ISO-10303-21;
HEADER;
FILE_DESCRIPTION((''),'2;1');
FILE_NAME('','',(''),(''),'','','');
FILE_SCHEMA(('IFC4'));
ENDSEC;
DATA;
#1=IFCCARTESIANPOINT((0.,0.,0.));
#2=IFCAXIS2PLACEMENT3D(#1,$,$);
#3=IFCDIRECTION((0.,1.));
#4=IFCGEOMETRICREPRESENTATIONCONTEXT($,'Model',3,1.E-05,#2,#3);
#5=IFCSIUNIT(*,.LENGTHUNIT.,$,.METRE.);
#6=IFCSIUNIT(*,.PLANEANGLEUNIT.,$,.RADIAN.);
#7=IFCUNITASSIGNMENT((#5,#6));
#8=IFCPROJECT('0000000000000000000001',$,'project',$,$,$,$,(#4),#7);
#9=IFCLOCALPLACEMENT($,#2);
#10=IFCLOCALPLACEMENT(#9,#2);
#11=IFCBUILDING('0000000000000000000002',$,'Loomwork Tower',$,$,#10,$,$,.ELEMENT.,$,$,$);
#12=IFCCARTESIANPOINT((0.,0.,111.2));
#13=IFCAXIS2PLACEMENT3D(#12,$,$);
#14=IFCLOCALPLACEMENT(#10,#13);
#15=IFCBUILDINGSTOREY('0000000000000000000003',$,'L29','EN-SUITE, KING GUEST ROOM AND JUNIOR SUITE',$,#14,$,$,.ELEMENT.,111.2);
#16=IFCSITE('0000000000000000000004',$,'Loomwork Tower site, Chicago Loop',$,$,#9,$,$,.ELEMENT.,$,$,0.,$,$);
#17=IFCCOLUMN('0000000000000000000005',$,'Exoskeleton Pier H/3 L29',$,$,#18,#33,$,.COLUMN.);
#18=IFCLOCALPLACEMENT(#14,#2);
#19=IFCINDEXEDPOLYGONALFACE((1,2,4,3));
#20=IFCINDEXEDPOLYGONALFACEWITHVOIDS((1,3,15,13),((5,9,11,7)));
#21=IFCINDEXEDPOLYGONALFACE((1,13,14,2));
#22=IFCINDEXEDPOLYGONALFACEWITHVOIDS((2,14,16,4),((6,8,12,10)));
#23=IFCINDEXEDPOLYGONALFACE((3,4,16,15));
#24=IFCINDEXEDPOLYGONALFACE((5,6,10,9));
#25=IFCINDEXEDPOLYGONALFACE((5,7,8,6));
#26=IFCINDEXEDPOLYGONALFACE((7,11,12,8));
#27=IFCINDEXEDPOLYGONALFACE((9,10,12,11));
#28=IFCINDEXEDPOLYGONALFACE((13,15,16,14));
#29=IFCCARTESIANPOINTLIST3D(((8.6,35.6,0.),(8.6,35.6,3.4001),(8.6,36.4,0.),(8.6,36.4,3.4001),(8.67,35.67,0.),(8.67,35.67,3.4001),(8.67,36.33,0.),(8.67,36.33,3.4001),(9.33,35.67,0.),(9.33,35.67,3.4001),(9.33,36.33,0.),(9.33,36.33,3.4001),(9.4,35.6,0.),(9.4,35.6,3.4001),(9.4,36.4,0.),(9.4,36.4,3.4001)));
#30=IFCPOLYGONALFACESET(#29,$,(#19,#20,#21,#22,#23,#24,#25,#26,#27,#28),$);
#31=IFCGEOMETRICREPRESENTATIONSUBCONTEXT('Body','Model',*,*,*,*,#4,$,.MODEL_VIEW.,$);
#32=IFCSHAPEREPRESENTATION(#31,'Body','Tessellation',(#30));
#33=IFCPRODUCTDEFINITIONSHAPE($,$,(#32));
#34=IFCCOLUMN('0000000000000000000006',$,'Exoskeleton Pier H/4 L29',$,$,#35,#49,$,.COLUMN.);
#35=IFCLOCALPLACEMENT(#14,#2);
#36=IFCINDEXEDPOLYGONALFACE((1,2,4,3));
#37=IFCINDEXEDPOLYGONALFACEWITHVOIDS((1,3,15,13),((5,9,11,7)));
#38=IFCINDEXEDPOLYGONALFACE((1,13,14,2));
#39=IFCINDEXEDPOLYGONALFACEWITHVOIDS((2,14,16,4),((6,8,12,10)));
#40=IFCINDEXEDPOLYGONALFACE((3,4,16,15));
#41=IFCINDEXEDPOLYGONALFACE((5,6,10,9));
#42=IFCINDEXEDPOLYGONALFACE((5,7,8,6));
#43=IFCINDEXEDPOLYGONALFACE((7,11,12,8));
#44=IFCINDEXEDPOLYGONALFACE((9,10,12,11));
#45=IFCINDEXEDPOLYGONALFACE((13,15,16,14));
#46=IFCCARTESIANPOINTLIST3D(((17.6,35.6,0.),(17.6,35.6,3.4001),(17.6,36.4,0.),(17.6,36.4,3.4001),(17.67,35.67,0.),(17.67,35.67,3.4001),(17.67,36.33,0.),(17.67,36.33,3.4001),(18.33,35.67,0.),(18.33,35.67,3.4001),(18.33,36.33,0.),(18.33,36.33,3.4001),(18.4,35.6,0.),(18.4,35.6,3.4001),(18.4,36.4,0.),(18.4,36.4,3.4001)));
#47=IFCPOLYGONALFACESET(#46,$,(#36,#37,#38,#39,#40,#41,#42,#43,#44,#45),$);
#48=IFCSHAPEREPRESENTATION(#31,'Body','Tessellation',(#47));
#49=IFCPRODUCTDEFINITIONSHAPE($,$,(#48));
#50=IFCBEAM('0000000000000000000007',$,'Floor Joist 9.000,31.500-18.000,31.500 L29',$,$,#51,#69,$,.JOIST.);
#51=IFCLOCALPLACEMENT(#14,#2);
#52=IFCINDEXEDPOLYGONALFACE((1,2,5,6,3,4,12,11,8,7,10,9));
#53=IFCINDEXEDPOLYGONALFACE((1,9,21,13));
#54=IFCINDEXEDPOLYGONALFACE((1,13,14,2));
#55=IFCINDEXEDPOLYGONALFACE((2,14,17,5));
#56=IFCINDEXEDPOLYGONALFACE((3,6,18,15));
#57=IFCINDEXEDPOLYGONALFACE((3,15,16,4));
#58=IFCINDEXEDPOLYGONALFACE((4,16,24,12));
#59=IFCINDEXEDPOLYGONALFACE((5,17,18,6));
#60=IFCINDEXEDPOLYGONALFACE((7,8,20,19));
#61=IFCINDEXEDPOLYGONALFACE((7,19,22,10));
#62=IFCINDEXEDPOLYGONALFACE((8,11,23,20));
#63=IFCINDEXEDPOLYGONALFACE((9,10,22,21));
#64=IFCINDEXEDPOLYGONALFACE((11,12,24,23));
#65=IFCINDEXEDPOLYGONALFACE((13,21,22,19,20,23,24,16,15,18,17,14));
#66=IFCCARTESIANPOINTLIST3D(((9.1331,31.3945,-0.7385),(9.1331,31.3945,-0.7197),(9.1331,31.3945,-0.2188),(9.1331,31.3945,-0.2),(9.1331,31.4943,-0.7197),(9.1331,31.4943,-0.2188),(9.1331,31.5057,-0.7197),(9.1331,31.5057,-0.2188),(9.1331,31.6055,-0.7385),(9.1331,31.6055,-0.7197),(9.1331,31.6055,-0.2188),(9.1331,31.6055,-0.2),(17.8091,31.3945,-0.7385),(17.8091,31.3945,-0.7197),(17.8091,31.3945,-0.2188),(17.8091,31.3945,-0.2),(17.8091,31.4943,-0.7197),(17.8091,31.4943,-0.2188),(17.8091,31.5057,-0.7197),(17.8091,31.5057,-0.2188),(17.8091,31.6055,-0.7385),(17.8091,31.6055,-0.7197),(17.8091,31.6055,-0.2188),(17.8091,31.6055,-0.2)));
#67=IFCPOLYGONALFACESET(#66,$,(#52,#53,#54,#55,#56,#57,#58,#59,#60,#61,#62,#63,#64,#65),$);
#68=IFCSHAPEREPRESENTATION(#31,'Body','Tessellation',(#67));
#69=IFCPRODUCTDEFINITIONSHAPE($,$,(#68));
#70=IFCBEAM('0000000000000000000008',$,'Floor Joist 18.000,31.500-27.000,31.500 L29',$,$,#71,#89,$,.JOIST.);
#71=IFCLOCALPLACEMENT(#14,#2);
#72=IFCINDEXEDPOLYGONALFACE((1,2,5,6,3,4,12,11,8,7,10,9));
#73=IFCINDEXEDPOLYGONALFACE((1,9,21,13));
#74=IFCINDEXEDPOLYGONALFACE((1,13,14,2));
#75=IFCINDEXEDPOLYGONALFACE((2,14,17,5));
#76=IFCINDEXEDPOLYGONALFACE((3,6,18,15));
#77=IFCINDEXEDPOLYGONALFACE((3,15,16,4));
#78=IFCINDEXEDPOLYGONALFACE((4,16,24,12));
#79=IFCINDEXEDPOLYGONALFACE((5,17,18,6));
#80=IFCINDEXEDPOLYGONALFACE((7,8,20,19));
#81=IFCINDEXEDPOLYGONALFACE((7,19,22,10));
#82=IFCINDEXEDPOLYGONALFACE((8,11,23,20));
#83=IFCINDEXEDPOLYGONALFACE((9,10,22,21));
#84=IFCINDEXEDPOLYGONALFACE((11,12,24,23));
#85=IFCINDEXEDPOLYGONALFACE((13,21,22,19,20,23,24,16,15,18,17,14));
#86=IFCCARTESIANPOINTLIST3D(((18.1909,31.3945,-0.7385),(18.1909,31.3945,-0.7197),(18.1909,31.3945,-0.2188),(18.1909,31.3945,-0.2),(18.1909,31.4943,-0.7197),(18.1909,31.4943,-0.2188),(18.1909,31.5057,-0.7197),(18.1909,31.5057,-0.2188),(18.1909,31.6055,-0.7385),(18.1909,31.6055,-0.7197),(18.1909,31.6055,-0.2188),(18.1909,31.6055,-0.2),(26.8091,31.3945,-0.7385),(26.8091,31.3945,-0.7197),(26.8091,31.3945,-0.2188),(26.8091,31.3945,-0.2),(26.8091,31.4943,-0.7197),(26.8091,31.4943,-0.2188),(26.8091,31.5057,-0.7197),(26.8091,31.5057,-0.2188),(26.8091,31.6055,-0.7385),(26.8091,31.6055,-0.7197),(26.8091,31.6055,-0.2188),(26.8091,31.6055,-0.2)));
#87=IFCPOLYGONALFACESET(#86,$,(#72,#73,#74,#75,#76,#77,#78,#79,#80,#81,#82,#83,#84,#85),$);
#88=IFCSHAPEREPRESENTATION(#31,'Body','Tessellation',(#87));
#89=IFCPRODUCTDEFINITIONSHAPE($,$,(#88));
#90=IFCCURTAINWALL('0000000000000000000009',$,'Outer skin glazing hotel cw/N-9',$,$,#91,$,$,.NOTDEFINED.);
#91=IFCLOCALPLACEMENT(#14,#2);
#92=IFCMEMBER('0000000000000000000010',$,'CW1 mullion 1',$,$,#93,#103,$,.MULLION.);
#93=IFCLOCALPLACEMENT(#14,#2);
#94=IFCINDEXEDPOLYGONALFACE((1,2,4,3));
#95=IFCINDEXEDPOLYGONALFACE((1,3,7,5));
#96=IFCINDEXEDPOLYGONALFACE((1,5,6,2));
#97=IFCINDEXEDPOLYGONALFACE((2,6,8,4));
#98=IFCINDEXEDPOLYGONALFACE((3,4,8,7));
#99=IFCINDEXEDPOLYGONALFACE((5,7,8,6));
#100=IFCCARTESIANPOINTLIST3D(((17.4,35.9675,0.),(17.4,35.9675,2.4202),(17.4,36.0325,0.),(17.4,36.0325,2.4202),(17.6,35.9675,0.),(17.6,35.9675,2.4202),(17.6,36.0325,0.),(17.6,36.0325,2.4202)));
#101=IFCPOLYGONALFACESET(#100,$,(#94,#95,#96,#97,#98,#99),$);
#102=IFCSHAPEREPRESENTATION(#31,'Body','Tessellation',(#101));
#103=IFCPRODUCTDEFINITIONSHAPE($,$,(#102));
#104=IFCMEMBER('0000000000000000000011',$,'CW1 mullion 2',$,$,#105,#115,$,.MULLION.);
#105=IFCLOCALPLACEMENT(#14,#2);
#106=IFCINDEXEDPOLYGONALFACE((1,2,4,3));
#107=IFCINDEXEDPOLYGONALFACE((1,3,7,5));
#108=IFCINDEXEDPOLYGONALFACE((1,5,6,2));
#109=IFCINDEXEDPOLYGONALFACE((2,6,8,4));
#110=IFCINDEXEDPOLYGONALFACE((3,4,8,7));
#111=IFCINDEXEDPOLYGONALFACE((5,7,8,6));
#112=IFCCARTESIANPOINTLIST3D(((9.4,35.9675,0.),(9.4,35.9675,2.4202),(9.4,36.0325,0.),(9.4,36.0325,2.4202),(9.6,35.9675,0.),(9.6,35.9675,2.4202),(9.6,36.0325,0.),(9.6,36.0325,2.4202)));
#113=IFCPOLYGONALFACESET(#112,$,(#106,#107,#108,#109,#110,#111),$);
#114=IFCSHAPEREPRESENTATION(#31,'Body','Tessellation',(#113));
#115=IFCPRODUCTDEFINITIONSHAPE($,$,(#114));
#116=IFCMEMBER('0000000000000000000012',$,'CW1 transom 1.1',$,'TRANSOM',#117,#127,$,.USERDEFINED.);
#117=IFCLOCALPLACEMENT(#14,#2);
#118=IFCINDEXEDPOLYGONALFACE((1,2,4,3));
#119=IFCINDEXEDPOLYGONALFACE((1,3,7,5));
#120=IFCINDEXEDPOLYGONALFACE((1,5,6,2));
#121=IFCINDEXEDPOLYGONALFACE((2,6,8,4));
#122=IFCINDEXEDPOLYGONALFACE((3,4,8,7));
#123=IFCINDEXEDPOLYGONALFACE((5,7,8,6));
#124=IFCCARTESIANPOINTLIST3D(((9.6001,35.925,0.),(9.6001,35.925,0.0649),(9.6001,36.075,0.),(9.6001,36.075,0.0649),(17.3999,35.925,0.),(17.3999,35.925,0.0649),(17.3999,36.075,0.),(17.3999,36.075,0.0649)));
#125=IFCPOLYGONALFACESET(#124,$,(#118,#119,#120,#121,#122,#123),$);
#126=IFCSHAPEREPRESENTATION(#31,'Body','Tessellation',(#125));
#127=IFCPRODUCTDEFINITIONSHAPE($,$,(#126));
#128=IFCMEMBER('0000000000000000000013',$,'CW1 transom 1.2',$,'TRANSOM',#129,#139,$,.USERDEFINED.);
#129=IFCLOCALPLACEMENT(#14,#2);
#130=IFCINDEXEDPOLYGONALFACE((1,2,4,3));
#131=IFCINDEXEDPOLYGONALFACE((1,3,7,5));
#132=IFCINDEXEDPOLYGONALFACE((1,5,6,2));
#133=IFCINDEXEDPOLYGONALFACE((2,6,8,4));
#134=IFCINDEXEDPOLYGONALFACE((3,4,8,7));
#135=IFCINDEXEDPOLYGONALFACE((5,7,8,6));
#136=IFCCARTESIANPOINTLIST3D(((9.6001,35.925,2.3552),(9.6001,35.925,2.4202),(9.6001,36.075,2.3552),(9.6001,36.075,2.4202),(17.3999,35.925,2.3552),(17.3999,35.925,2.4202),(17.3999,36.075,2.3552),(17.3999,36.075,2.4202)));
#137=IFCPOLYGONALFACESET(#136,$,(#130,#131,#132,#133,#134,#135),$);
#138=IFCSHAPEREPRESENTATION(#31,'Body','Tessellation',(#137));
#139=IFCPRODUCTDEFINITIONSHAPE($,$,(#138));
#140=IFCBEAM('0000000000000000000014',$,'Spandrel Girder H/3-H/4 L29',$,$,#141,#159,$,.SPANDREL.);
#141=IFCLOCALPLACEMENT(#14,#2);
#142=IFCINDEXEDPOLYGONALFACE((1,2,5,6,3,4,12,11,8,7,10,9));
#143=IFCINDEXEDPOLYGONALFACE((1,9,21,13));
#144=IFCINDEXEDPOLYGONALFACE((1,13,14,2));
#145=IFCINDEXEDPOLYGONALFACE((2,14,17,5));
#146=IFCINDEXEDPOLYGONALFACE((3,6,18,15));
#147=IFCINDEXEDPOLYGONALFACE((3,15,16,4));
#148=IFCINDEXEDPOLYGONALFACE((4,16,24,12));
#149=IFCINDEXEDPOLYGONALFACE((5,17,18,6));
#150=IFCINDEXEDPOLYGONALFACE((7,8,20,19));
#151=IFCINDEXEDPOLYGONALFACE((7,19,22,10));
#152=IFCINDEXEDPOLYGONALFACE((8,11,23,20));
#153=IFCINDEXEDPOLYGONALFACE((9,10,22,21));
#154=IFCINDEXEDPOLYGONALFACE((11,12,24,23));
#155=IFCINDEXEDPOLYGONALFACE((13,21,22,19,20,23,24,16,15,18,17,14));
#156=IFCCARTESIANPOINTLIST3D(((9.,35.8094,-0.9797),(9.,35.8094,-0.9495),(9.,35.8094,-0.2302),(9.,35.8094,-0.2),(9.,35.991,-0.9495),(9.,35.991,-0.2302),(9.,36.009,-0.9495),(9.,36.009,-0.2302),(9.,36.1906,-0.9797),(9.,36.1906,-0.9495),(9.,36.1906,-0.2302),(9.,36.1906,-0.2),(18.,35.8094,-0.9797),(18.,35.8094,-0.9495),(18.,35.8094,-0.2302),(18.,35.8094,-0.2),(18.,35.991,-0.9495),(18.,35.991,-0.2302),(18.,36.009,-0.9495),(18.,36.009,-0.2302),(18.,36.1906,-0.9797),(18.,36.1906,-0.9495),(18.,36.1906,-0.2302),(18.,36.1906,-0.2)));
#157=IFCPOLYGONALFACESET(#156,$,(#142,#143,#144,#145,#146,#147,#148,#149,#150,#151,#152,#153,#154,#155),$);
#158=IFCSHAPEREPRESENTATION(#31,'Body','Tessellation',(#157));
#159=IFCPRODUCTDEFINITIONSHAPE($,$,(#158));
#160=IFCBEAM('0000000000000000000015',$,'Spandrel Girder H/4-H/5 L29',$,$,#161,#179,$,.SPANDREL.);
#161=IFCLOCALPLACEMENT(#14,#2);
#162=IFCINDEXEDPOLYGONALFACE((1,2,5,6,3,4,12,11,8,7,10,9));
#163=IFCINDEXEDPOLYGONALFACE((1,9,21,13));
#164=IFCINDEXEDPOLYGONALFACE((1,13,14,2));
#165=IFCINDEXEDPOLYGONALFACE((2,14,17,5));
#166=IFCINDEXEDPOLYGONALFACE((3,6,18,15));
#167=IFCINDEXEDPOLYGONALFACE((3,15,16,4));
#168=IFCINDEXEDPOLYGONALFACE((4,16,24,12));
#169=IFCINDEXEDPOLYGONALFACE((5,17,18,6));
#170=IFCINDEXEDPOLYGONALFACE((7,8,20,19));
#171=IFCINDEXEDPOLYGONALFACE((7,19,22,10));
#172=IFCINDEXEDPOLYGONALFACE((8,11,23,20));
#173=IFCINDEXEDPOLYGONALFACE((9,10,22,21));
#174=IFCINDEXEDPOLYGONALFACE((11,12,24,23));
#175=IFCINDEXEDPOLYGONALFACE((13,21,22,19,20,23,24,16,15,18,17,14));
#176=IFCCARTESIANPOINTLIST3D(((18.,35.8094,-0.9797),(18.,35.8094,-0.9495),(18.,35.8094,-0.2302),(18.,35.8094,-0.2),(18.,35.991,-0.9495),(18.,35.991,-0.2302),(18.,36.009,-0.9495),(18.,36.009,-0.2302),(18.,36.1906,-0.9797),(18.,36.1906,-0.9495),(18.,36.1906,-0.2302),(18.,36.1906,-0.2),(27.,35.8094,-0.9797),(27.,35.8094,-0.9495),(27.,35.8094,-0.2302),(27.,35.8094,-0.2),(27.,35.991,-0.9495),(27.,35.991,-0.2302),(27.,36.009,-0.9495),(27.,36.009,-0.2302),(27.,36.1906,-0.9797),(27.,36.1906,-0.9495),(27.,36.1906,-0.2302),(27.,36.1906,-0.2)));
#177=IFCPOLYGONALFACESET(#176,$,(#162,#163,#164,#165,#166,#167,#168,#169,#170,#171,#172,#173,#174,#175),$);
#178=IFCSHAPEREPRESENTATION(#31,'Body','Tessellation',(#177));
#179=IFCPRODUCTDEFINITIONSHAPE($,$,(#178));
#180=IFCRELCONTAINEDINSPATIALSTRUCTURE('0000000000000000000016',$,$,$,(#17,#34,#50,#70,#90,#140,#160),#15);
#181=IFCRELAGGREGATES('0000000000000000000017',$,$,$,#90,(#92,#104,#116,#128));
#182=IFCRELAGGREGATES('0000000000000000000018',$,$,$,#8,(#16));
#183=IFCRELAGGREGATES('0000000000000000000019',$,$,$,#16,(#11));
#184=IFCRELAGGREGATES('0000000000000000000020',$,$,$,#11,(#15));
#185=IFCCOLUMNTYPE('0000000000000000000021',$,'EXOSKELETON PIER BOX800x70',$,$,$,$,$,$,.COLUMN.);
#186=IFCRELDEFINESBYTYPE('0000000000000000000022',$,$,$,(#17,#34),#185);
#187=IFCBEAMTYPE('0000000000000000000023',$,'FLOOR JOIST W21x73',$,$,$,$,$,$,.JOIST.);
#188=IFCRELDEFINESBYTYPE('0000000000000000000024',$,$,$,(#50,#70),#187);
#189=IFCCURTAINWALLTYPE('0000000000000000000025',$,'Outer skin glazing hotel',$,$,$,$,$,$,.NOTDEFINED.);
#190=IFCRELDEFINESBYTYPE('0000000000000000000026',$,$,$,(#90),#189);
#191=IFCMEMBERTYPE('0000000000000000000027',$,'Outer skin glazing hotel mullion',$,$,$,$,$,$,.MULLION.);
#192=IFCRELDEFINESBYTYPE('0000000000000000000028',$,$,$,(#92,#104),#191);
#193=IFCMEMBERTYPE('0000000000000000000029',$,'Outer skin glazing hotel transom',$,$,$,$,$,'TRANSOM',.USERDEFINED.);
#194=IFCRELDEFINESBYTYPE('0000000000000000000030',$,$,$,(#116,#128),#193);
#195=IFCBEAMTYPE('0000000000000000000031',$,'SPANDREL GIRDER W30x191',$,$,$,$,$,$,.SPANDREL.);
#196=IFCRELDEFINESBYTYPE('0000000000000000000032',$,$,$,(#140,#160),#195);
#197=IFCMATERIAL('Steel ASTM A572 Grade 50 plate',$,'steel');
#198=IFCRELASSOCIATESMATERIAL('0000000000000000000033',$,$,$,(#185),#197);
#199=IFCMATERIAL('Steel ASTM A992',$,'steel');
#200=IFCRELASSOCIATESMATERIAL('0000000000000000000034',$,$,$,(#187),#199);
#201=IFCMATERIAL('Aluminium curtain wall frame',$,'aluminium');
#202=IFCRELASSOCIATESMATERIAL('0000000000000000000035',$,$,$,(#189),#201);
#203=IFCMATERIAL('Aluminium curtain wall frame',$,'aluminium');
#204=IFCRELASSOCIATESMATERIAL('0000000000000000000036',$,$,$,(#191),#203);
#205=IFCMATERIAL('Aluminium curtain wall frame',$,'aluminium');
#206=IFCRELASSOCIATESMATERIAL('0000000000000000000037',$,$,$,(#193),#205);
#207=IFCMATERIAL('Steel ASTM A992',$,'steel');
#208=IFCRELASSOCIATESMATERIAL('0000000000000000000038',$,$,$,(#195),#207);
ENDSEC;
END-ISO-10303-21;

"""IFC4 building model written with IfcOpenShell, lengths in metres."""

from ifc_helpers import new_model, si_unit, direction, frame, origin, origin_2d, place, context, subcontext, project, spatial, rectangle, hollow_rectangle, i_section, extrude, material, material_profile, profile_set, type_object, element, aggregate, save


model = new_model("IFC4")

# Units and contexts
model_context = context("Model", 3, precision=1e-05, world=origin(), true_north=direction((0.0, 1.0)))
body_context = subcontext(model_context, "Body", "Model", "MODEL_VIEW")
ifc_project = project(units=[si_unit("LENGTHUNIT", "METRE"), si_unit("PLANEANGLEUNIT", "RADIAN")], contexts=[model_context])

# Site, building, storey
site_placement = place(None, origin())
site = spatial("IfcSite", under=ifc_project, at=site_placement, Name="Loomwork Tower site, Chicago Loop", CompositionType="ELEMENT", RefElevation=0.0)
building_placement = place(site_placement, origin())
building = spatial("IfcBuilding", under=site, at=building_placement, Name="Loomwork Tower", CompositionType="ELEMENT")
storey_placement = place(building_placement, frame((0.0, 0.0, 111.2)))
storey = spatial("IfcBuildingStorey", under=building, at=storey_placement, Name="L29", Description="EN-SUITE, KING GUEST ROOM AND JUNIOR SUITE", CompositionType="ELEMENT", Elevation=111.2)

# Columns
ifc_material_1 = material(Name="Steel ASTM A572 Grade 50 plate", Category="steel")
ifc_material_profile_1 = material_profile(ifc_material_1, hollow_rectangle(XDim=0.8, YDim=0.8, WallThickness=0.0701, at=origin_2d()), Name="BOX800x70")
ifc_profile_set_1 = profile_set([ifc_material_profile_1], Name="Steel ASTM A572 Grade 50 plate")
column_type = type_object("IfcColumnType", Name="EXOSKELETON PIER BOX800x70", PredefinedType="COLUMN", material=ifc_profile_set_1)
for number, where, z_axis, x_axis, name in (
    (1, (9.0, 36.0, 0.0), (0.0, 0.0, 1.0), (1.0, 0.0, 0.0), "Exoskeleton Pier H/3 L29"),
    (2, (18.0, 36.0, 0.0), (0.0, 0.0, 1.0), (1.0, 0.0, 0.0), "Exoskeleton Pier H/4 L29"),
):
    element("IfcColumn", number, at=place(storey_placement, frame(where, z_axis=z_axis, x_axis=x_axis)), inside=storey, type_object=column_type, Name=name, PredefinedType="COLUMN", context=body_context, shape_type="SweptSolid", body=[
        extrude(hollow_rectangle(XDim=0.8, YDim=0.8, WallThickness=0.0701, at=origin_2d()), origin(), (0.0, 0.0, 1.0), 3.4001),
    ])

# Beams
ifc_material_2 = material(Name="Steel ASTM A992", Category="steel")
ifc_material_profile_2 = material_profile(ifc_material_2, i_section(OverallWidth=0.2109, OverallDepth=0.5386, WebThickness=0.0115, FlangeThickness=0.0188, at=origin_2d()), Name="W21x73")
ifc_profile_set_2 = profile_set([ifc_material_profile_2], Name="Steel ASTM A992")
beam_type_1 = type_object("IfcBeamType", Name="FLOOR JOIST W21x73", PredefinedType="JOIST", material=ifc_profile_set_2)
beam_1_placement = place(storey_placement, frame((9.1331, 31.5, -0.4692), z_axis=(1.0, 0.0, 0.0), x_axis=(0.0, 1.0, 0.0)))
element("IfcBeam", 3, at=beam_1_placement, inside=storey, type_object=beam_type_1, Name="Floor Joist 9.000,31.500-18.000,31.500 L29", PredefinedType="JOIST", context=body_context, shape_type="SweptSolid", body=[
    extrude(i_section(OverallWidth=0.2109, OverallDepth=0.5386, WebThickness=0.0115, FlangeThickness=0.0188, at=origin_2d()), origin(), (0.0, 0.0, 1.0), 8.676),
])
beam_2_placement = place(storey_placement, frame((18.1909, 31.5, -0.4692), z_axis=(1.0, 0.0, 0.0), x_axis=(0.0, 1.0, 0.0)))
element("IfcBeam", 4, at=beam_2_placement, inside=storey, type_object=beam_type_1, Name="Floor Joist 18.000,31.500-27.000,31.500 L29", PredefinedType="JOIST", context=body_context, shape_type="SweptSolid", body=[
    extrude(i_section(OverallWidth=0.2109, OverallDepth=0.5386, WebThickness=0.0115, FlangeThickness=0.0188, at=origin_2d()), origin(), (0.0, 0.0, 1.0), 8.6182),
])

# Curtain wall, members
ifc_material_3 = material(Name="Aluminium curtain wall frame", Category="aluminium")
curtain_wall_type = type_object("IfcCurtainWallType", Name="Outer skin glazing hotel", PredefinedType="NOTDEFINED", material=ifc_material_3)
curtain_wall_placement = place(storey_placement, origin())
curtain_wall = element("IfcCurtainWall", 5, at=curtain_wall_placement, inside=storey, type_object=curtain_wall_type, Name="Outer skin glazing hotel cw/N-9", PredefinedType="NOTDEFINED")
ifc_material_4 = material(Name="Aluminium curtain wall frame", Category="aluminium")
ifc_material_profile_3 = material_profile(ifc_material_4, rectangle(XDim=0.0649, YDim=0.2, at=origin_2d()), Name="AL 65x200")
ifc_profile_set_3 = profile_set([ifc_material_profile_3], Name="Aluminium curtain wall frame")
member_type_1 = type_object("IfcMemberType", Name="Outer skin glazing hotel mullion", PredefinedType="MULLION", material=ifc_profile_set_3)
member_1_placement = place(storey_placement, frame((17.5, 36.0, 0.0), z_axis=(0.0, 0.0, 1.0), x_axis=(0.0, -1.0, 0.0)))
member_1 = element("IfcMember", 6, at=member_1_placement, type_object=member_type_1, Name="CW1 mullion 1", PredefinedType="MULLION", context=body_context, shape_type="SweptSolid", body=[
    extrude(rectangle(XDim=0.0649, YDim=0.2, at=origin_2d()), origin(), (0.0, 0.0, 1.0), 2.4202),
])
member_2_placement = place(storey_placement, frame((9.5, 36.0, 0.0), z_axis=(0.0, 0.0, 1.0), x_axis=(0.0, -1.0, 0.0)))
member_2 = element("IfcMember", 7, at=member_2_placement, type_object=member_type_1, Name="CW1 mullion 2", PredefinedType="MULLION", context=body_context, shape_type="SweptSolid", body=[
    extrude(rectangle(XDim=0.0649, YDim=0.2, at=origin_2d()), origin(), (0.0, 0.0, 1.0), 2.4202),
])
ifc_material_5 = material(Name="Aluminium curtain wall frame", Category="aluminium")
ifc_material_profile_4 = material_profile(ifc_material_5, rectangle(XDim=0.1499, YDim=0.0649, at=origin_2d()), Name="AL 65x150")
ifc_profile_set_4 = profile_set([ifc_material_profile_4], Name="Aluminium curtain wall frame")
member_type_2 = type_object("IfcMemberType", Name="Outer skin glazing hotel transom", ElementType="TRANSOM", PredefinedType="USERDEFINED", material=ifc_profile_set_4)
member_3_placement = place(storey_placement, frame((17.3999, 36.0, 0.0325), z_axis=(-1.0, 0.0, 0.0), x_axis=(0.0, -1.0, 0.0)))
member_3 = element("IfcMember", 8, at=member_3_placement, type_object=member_type_2, Name="CW1 transom 1.1", ObjectType="TRANSOM", PredefinedType="USERDEFINED", context=body_context, shape_type="SweptSolid", body=[
    extrude(rectangle(XDim=0.1499, YDim=0.0649, at=origin_2d()), origin(), (0.0, 0.0, 1.0), 7.7998),
])
member_4_placement = place(storey_placement, frame((17.3999, 36.0, 2.3877), z_axis=(-1.0, 0.0, 0.0), x_axis=(0.0, -1.0, 0.0)))
member_4 = element("IfcMember", 9, at=member_4_placement, type_object=member_type_2, Name="CW1 transom 1.2", ObjectType="TRANSOM", PredefinedType="USERDEFINED", context=body_context, shape_type="SweptSolid", body=[
    extrude(rectangle(XDim=0.1499, YDim=0.0649, at=origin_2d()), origin(), (0.0, 0.0, 1.0), 7.7998),
])

# Beams
ifc_material_6 = material(Name="Steel ASTM A992", Category="steel")
ifc_material_profile_5 = material_profile(ifc_material_6, i_section(OverallWidth=0.3811, OverallDepth=0.7798, WebThickness=0.0181, FlangeThickness=0.0303, at=origin_2d()), Name="W30x191")
ifc_profile_set_5 = profile_set([ifc_material_profile_5], Name="Steel ASTM A992")
beam_type_2 = type_object("IfcBeamType", Name="SPANDREL GIRDER W30x191", PredefinedType="SPANDREL", material=ifc_profile_set_5)
for number, where, z_axis, x_axis, name in (
    (10, (9.0, 36.0, -0.5898), (1.0, 0.0, 0.0), (0.0, 1.0, 0.0), "Spandrel Girder H/3-H/4 L29"),
    (11, (18.0, 36.0, -0.5898), (1.0, 0.0, 0.0), (0.0, 1.0, 0.0), "Spandrel Girder H/4-H/5 L29"),
):
    element("IfcBeam", number, at=place(storey_placement, frame(where, z_axis=z_axis, x_axis=x_axis)), inside=storey, type_object=beam_type_2, Name=name, PredefinedType="SPANDREL", context=body_context, shape_type="SweptSolid", body=[
        extrude(i_section(OverallWidth=0.3811, OverallDepth=0.7798, WebThickness=0.0181, FlangeThickness=0.0303, at=origin_2d()), origin(), (0.0, 0.0, 1.0), 9.0),
    ])

aggregate(curtain_wall, [member_1, member_2, member_3, member_4])

save(model, "model.ifc")
